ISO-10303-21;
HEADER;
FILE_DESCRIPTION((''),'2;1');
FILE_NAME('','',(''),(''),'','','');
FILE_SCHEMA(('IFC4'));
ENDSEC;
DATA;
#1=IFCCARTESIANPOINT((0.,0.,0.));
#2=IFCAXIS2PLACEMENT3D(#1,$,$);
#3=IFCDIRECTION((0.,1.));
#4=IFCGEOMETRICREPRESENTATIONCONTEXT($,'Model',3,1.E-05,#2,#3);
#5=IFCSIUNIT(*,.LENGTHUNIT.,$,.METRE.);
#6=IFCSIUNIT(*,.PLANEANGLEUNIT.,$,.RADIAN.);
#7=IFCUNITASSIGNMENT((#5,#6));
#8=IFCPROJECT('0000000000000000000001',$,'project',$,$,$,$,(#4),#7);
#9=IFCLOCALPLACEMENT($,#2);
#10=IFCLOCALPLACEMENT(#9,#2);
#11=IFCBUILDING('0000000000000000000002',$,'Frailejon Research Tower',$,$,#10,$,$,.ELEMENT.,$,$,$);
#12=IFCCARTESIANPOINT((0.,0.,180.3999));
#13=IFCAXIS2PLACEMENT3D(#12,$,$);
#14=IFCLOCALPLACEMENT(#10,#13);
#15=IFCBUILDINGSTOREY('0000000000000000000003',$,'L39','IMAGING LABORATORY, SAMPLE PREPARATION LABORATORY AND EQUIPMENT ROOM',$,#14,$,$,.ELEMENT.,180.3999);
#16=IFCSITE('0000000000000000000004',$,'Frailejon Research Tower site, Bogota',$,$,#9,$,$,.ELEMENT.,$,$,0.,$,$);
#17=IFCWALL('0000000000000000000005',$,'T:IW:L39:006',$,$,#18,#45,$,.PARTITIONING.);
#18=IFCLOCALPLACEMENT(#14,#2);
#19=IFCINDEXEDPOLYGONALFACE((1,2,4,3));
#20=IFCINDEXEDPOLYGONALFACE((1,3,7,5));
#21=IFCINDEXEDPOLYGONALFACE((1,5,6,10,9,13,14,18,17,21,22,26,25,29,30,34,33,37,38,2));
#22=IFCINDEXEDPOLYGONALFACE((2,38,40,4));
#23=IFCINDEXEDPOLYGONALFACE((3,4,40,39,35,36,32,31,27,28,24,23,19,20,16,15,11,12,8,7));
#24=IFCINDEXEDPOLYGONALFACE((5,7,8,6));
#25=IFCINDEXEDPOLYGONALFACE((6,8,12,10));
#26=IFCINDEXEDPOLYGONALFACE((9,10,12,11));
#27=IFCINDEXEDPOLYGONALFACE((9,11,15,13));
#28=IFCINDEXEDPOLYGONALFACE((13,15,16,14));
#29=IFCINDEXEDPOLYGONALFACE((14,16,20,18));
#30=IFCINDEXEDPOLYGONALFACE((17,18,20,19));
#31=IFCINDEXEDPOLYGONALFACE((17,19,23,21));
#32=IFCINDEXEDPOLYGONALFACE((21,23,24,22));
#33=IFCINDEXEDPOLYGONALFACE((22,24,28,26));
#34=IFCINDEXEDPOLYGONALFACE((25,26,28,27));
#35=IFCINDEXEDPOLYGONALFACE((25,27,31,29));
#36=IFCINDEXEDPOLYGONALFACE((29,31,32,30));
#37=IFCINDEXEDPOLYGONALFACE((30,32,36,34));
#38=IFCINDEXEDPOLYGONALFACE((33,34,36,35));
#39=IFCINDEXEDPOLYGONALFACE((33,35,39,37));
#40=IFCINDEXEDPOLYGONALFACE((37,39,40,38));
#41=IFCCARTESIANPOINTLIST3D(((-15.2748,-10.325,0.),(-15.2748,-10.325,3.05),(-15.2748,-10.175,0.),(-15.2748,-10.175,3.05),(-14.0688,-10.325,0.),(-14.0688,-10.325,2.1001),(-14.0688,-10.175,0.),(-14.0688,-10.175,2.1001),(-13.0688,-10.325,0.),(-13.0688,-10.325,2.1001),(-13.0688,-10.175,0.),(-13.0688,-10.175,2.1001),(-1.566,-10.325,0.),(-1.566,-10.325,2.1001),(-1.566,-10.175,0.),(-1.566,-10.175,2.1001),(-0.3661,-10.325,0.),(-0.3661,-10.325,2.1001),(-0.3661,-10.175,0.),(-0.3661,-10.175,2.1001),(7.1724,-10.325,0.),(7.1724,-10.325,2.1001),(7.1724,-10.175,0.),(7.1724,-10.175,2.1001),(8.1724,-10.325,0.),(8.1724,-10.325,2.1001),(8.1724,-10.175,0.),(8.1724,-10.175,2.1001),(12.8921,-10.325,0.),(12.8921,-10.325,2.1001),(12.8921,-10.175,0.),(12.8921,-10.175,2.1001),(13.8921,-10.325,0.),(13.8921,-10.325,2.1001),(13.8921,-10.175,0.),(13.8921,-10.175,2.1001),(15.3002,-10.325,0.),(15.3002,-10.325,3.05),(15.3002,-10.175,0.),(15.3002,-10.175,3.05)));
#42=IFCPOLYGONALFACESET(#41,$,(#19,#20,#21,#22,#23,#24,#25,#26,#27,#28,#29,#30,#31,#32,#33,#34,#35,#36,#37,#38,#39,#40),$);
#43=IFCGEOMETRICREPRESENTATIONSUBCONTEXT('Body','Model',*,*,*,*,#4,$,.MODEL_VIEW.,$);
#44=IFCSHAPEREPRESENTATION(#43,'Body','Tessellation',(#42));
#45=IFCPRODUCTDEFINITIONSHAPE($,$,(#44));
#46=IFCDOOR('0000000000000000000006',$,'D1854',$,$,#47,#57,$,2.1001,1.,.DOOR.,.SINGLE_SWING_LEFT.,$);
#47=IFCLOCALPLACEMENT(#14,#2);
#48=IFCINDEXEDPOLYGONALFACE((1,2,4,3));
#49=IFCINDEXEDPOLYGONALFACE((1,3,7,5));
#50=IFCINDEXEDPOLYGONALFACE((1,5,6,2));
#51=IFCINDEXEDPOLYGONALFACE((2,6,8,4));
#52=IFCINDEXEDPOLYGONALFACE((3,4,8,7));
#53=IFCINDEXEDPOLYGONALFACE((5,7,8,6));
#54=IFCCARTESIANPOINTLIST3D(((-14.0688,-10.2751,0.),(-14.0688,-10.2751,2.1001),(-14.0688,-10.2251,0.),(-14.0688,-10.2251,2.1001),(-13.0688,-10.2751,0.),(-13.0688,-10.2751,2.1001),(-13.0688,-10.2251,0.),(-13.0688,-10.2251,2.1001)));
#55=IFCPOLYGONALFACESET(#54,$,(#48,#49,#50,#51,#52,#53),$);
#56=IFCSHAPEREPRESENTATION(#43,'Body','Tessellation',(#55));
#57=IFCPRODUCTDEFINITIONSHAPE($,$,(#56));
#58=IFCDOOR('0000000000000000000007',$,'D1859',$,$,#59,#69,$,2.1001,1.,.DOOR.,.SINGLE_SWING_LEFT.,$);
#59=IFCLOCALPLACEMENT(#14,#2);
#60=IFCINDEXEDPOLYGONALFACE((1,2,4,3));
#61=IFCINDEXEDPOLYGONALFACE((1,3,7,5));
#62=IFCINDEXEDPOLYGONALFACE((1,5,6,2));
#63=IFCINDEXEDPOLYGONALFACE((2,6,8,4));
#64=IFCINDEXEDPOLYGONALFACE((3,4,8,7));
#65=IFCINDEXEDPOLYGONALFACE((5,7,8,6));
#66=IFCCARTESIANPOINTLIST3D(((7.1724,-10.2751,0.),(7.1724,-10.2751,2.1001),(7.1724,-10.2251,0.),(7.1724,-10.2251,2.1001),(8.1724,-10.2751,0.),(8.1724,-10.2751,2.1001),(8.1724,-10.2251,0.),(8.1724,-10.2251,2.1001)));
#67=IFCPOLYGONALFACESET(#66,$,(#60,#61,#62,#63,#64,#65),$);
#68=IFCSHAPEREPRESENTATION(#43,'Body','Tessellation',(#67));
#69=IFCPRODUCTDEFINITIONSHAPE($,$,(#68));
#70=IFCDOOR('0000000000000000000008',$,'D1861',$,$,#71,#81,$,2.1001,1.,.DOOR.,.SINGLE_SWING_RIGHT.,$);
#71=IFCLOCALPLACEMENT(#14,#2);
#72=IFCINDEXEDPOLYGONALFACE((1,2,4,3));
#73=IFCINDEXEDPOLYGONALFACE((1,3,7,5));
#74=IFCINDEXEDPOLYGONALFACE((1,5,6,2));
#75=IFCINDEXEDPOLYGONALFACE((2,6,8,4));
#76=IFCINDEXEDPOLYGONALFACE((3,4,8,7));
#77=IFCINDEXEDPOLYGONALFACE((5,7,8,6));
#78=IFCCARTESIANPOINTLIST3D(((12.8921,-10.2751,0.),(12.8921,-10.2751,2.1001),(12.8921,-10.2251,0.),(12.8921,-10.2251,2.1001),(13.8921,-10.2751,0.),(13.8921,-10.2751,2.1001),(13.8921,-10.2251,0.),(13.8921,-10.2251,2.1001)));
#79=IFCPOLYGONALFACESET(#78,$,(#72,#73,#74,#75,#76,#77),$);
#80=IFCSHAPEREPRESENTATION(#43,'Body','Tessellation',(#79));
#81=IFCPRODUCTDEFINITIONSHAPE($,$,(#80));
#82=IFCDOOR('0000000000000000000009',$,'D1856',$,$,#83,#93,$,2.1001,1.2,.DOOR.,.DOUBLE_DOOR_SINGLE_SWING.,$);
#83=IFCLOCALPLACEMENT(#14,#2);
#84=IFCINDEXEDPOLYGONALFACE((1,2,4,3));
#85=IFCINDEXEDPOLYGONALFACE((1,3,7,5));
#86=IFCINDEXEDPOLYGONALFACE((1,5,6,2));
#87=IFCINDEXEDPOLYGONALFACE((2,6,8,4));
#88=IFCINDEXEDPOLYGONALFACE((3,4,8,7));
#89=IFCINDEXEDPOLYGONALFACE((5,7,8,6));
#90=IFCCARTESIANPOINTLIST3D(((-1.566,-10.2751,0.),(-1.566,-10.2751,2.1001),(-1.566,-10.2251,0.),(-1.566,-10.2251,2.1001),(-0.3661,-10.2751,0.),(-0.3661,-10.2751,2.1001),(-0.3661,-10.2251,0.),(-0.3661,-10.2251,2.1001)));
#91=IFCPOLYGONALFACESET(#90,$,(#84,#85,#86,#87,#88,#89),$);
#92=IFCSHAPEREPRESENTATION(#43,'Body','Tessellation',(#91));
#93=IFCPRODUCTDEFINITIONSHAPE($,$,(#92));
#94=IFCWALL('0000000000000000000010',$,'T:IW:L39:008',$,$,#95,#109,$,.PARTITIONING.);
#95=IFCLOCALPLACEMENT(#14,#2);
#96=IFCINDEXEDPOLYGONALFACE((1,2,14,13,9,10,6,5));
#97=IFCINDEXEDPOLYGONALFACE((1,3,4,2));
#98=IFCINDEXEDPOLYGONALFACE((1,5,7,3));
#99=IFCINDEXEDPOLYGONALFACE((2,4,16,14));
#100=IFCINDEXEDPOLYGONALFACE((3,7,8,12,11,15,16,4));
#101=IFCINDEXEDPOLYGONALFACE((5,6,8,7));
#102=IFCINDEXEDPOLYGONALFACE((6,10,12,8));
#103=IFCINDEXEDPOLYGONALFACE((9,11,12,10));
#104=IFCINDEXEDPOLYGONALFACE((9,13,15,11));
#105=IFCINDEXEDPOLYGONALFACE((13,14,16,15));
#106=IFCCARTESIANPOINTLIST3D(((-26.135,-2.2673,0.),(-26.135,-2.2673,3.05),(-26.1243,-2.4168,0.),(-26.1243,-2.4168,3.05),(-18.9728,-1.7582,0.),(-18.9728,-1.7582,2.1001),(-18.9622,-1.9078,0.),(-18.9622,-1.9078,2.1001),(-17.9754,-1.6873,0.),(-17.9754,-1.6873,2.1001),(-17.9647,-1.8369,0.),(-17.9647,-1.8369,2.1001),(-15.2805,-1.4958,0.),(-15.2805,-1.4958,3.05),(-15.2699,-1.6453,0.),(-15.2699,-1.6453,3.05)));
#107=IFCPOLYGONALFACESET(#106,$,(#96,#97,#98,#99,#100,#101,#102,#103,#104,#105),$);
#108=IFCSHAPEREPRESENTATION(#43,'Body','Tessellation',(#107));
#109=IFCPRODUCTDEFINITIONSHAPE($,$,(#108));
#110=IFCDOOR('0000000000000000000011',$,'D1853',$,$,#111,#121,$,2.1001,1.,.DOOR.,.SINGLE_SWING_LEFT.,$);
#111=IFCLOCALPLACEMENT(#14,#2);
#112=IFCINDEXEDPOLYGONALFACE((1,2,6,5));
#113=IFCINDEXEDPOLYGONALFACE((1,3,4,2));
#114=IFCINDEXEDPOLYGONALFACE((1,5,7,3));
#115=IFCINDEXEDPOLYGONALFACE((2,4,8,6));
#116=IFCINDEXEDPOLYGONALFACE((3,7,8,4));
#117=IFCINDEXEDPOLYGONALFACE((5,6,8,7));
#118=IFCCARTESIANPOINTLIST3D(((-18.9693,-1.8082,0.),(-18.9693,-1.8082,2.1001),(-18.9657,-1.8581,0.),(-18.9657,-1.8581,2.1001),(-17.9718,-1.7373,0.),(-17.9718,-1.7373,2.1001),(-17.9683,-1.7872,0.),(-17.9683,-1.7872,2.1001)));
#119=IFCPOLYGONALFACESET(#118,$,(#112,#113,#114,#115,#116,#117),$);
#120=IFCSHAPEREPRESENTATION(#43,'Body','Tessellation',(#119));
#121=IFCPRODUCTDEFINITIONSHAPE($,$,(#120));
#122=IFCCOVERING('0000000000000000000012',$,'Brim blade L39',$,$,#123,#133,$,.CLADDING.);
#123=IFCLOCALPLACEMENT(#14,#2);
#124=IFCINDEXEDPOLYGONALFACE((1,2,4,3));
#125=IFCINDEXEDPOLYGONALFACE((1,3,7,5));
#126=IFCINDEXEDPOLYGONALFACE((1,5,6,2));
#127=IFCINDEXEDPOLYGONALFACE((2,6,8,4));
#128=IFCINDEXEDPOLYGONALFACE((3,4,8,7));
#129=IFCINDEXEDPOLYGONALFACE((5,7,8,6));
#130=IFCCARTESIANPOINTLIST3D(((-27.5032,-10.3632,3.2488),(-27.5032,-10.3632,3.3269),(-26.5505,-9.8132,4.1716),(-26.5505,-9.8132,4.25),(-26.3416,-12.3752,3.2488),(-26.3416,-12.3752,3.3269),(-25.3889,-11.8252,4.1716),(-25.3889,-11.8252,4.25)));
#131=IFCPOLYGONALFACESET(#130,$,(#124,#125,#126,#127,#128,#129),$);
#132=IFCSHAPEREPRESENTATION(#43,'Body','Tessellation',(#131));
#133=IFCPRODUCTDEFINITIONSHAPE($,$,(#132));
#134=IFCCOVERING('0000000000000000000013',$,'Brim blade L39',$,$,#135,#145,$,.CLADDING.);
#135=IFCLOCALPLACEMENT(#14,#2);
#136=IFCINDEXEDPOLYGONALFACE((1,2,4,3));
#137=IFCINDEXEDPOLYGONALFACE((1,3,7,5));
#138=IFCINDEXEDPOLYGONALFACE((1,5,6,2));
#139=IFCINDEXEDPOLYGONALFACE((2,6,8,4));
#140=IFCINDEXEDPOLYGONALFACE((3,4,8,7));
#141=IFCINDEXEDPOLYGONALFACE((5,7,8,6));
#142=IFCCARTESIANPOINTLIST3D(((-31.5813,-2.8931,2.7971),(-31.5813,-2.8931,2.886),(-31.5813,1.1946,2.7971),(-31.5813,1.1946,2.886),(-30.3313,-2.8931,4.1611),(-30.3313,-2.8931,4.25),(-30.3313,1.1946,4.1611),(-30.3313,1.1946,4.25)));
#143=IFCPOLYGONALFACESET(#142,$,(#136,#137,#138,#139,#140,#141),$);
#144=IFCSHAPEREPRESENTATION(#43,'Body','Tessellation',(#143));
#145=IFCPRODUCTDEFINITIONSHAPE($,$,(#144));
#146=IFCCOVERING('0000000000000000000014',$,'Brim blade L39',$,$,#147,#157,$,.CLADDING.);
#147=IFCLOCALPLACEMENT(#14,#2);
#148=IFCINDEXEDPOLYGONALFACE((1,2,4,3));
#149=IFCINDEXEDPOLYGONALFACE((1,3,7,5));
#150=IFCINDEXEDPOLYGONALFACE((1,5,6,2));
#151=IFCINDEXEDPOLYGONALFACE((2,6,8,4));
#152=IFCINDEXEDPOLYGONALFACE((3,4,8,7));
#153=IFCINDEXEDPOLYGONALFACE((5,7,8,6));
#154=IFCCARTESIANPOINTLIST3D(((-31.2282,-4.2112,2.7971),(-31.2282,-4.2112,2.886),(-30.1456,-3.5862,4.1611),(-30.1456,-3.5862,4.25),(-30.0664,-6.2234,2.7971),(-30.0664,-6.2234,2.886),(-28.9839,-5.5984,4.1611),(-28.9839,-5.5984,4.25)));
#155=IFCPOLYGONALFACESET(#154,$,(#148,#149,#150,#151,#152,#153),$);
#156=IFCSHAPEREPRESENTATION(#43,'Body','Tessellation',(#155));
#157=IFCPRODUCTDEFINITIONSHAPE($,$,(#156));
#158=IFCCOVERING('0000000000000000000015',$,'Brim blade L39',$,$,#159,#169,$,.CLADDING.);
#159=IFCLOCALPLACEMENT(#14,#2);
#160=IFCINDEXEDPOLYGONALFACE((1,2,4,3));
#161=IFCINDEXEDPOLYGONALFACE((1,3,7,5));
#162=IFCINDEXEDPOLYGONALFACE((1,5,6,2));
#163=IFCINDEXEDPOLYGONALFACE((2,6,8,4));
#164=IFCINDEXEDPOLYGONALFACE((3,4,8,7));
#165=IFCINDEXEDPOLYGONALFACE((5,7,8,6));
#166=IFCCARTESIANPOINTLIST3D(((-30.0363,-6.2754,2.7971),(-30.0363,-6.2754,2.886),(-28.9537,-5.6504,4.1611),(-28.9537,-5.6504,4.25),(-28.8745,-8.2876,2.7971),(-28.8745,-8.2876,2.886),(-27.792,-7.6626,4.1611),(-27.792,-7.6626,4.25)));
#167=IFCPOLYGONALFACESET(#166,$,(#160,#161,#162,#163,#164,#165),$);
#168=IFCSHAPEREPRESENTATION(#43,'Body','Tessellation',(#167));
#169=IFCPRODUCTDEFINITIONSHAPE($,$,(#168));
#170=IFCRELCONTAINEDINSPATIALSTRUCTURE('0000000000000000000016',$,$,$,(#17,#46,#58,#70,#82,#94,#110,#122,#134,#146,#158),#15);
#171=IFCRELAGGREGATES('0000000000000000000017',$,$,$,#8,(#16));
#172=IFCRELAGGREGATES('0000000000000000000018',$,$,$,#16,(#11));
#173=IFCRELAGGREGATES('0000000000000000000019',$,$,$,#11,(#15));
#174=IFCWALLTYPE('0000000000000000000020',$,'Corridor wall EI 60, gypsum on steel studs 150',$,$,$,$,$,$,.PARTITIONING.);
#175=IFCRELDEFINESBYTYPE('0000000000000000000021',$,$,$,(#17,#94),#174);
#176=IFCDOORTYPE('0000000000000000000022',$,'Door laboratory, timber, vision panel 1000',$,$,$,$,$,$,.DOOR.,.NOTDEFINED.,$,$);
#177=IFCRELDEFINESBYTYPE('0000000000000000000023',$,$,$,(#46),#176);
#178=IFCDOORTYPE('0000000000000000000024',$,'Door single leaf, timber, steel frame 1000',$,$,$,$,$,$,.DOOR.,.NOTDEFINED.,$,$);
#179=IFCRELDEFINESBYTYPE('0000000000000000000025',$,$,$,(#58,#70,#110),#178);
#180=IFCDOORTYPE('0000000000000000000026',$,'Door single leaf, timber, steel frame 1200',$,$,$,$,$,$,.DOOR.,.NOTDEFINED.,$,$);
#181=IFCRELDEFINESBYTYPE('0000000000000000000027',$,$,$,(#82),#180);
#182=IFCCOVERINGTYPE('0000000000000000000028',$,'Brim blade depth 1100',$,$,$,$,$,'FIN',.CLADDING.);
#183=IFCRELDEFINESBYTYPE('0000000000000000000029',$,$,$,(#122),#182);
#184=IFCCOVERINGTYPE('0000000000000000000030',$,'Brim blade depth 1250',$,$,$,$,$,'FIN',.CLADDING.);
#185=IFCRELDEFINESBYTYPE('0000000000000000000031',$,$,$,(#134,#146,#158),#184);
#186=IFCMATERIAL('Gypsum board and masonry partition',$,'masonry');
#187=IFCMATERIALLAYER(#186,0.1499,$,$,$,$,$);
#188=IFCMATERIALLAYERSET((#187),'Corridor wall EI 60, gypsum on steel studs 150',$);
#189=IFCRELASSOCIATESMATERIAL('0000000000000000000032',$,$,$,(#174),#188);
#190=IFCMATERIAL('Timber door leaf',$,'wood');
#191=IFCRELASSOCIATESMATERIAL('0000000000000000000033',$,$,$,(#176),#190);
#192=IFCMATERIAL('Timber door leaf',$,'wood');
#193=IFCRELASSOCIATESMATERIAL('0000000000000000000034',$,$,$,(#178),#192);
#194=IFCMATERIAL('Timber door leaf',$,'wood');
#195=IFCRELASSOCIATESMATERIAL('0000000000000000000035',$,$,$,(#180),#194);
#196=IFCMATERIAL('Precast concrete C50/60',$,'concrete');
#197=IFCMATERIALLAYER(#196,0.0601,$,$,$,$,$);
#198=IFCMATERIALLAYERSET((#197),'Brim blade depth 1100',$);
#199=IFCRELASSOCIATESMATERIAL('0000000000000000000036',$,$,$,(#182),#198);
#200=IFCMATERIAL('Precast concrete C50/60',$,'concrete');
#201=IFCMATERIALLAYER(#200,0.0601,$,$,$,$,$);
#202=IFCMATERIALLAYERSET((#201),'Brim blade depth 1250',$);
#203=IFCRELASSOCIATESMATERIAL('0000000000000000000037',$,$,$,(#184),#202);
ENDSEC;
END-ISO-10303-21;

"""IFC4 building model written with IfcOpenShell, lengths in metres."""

from ifc_helpers import new_model, si_unit, direction, frame, frame_2d, origin, place, context, subcontext, project, spatial, polyline, rectangle, outline, extrude, material, layer, layer_set, type_object, element, fill, save


model = new_model("IFC4")

# Units and contexts
model_context = context("Model", 3, precision=1e-05, world=origin(), true_north=direction((0.0, 1.0)))
body_context = subcontext(model_context, "Body", "Model", "MODEL_VIEW")
ifc_project = project(units=[si_unit("LENGTHUNIT", "METRE"), si_unit("PLANEANGLEUNIT", "RADIAN")], contexts=[model_context])

# Site, building, storey
site_placement = place(None, origin())
site = spatial("IfcSite", under=ifc_project, at=site_placement, Name="Frailejon Research Tower site, Bogota", CompositionType="ELEMENT", RefElevation=0.0)
building_placement = place(site_placement, origin())
building = spatial("IfcBuilding", under=site, at=building_placement, Name="Frailejon Research Tower", CompositionType="ELEMENT")
storey_placement = place(building_placement, frame((0.0, 0.0, 180.3999)))
storey = spatial("IfcBuildingStorey", under=building, at=storey_placement, Name="L39", Description="IMAGING LABORATORY, SAMPLE PREPARATION LABORATORY AND EQUIPMENT ROOM", CompositionType="ELEMENT", Elevation=180.3999)

# Shared definitions
ifc_material_1 = material(Name="Gypsum board and masonry partition", Category="masonry")
ifc_layer_1 = layer(ifc_material_1, 0.1499)
ifc_layer_set_1 = layer_set([ifc_layer_1], Name="Corridor wall EI 60, gypsum on steel studs 150")
wall_type_1 = type_object("IfcWallType", Name="Corridor wall EI 60, gypsum on steel studs 150", PredefinedType="PARTITIONING", material=ifc_layer_set_1)

# Wall, openings, doors
wall_1_placement = place(storey_placement, frame((-15.2749, -10.25, 0.0), z_axis=(0.0, 0.0, 1.0), x_axis=(1.0, 0.0, 0.0)))
wall_1 = element("IfcWall", 1, at=wall_1_placement, inside=storey, type_object=wall_type_1, Name="T:IW:L39:006", PredefinedType="PARTITIONING", context=body_context, shape_type="SweptSolid", body=[
    extrude(rectangle(XDim=30.575, YDim=0.1499, at=frame_2d((15.2876, 0.0))), origin(), (0.0, 0.0, 1.0), 3.05),
])
opening_1_placement = place(wall_1_placement, frame((1.2061, 0.0, 0.0)))
opening_1 = element("IfcOpeningElement", 2, at=opening_1_placement, cuts=wall_1, PredefinedType="OPENING", context=body_context, shape_type="SweptSolid", body=[
    extrude(rectangle(XDim=1.0, YDim=2.1001, at=frame_2d((0.5, 1.05))), frame((0.0, 0.085, 0.0), z_axis=(0.0, -1.0, 0.0), x_axis=(1.0, 0.0, 0.0)), (0.0, 0.0, 1.0), 0.1699),
])
opening_2_placement = place(wall_1_placement, frame((13.7087, 0.0, 0.0)))
opening_2 = element("IfcOpeningElement", 3, at=opening_2_placement, cuts=wall_1, PredefinedType="OPENING", context=body_context, shape_type="SweptSolid", body=[
    extrude(rectangle(XDim=1.2, YDim=2.1001, at=frame_2d((0.6001, 1.05))), frame((0.0, 0.085, 0.0), z_axis=(0.0, -1.0, 0.0), x_axis=(1.0, 0.0, 0.0)), (0.0, 0.0, 1.0), 0.1699),
])
opening_3_placement = place(wall_1_placement, frame((22.4473, 0.0, 0.0)))
opening_3 = element("IfcOpeningElement", 4, at=opening_3_placement, cuts=wall_1, PredefinedType="OPENING", context=body_context, shape_type="SweptSolid", body=[
    extrude(rectangle(XDim=1.0, YDim=2.1001, at=frame_2d((0.5, 1.05))), frame((0.0, 0.085, 0.0), z_axis=(0.0, -1.0, 0.0), x_axis=(1.0, 0.0, 0.0)), (0.0, 0.0, 1.0), 0.1699),
])
opening_4_placement = place(wall_1_placement, frame((28.167, 0.0, 0.0)))
opening_4 = element("IfcOpeningElement", 5, at=opening_4_placement, cuts=wall_1, PredefinedType="OPENING", context=body_context, shape_type="SweptSolid", body=[
    extrude(rectangle(XDim=1.0, YDim=2.1001, at=frame_2d((0.5, 1.05))), frame((0.0, 0.085, 0.0), z_axis=(0.0, -1.0, 0.0), x_axis=(1.0, 0.0, 0.0)), (0.0, 0.0, 1.0), 0.1699),
])
ifc_material_2 = material(Name="Timber door leaf", Category="wood")
door_type_1 = type_object("IfcDoorType", Name="Door laboratory, timber, vision panel 1000", OperationType="NOTDEFINED", PredefinedType="DOOR", material=ifc_material_2)
door_1_placement = place(opening_1_placement, origin())
door_1 = element("IfcDoor", 6, at=door_1_placement, inside=storey, type_object=door_type_1, Name="D1854", OperationType="SINGLE_SWING_LEFT", OverallHeight=2.1001, OverallWidth=1.0, PredefinedType="DOOR", context=body_context, shape_type="SweptSolid", body=[
    extrude(rectangle(XDim=1.0, YDim=2.1001, at=frame_2d((0.5, 1.05))), frame((0.0, 0.0249, 0.0), z_axis=(0.0, -1.0, 0.0), x_axis=(1.0, 0.0, 0.0)), (0.0, 0.0, 1.0), 0.05),
])
fill(opening_1, door_1)
ifc_material_3 = material(Name="Timber door leaf", Category="wood")
door_type_2 = type_object("IfcDoorType", Name="Door single leaf, timber, steel frame 1000", OperationType="NOTDEFINED", PredefinedType="DOOR", material=ifc_material_3)
door_2_placement = place(opening_3_placement, origin())
door_2 = element("IfcDoor", 7, at=door_2_placement, inside=storey, type_object=door_type_2, Name="D1859", OperationType="SINGLE_SWING_LEFT", OverallHeight=2.1001, OverallWidth=1.0, PredefinedType="DOOR", context=body_context, shape_type="SweptSolid", body=[
    extrude(rectangle(XDim=1.0, YDim=2.1001, at=frame_2d((0.5, 1.05))), frame((0.0, 0.0249, 0.0), z_axis=(0.0, -1.0, 0.0), x_axis=(1.0, 0.0, 0.0)), (0.0, 0.0, 1.0), 0.05),
])
fill(opening_3, door_2)
door_3_placement = place(opening_4_placement, origin())
door_3 = element("IfcDoor", 8, at=door_3_placement, inside=storey, type_object=door_type_2, Name="D1861", OperationType="SINGLE_SWING_RIGHT", OverallHeight=2.1001, OverallWidth=1.0, PredefinedType="DOOR", context=body_context, shape_type="SweptSolid", body=[
    extrude(rectangle(XDim=1.0, YDim=2.1001, at=frame_2d((0.5, 1.05))), frame((0.0, 0.0249, 0.0), z_axis=(0.0, -1.0, 0.0), x_axis=(1.0, 0.0, 0.0)), (0.0, 0.0, 1.0), 0.05),
])
fill(opening_4, door_3)
ifc_material_4 = material(Name="Timber door leaf", Category="wood")
door_type_3 = type_object("IfcDoorType", Name="Door single leaf, timber, steel frame 1200", OperationType="NOTDEFINED", PredefinedType="DOOR", material=ifc_material_4)
door_4_placement = place(opening_2_placement, origin())
door_4 = element("IfcDoor", 9, at=door_4_placement, inside=storey, type_object=door_type_3, Name="D1856", OperationType="DOUBLE_DOOR_SINGLE_SWING", OverallHeight=2.1001, OverallWidth=1.2, PredefinedType="DOOR", context=body_context, shape_type="SweptSolid", body=[
    extrude(rectangle(XDim=1.2, YDim=2.1001, at=frame_2d((0.6001, 1.05))), frame((0.0, 0.0249, 0.0), z_axis=(0.0, -1.0, 0.0), x_axis=(1.0, 0.0, 0.0)), (0.0, 0.0, 1.0), 0.05),
])
fill(opening_2, door_4)

# Wall, opening, door
wall_2_placement = place(storey_placement, frame((-26.1296, -2.342, 0.0), z_axis=(0.0, 0.0, 1.0), x_axis=(0.997484, 0.070896, 0.0)))
wall_2 = element("IfcWall", 10, at=wall_2_placement, inside=storey, type_object=wall_type_1, Name="T:IW:L39:008", PredefinedType="PARTITIONING", context=body_context, shape_type="SweptSolid", body=[
    extrude(rectangle(XDim=10.8818, YDim=0.1499, at=frame_2d((5.4409, 0.0))), origin(), (0.0, 0.0, 1.0), 3.05),
])
opening_5_placement = place(wall_2_placement, frame((7.1802, 0.0, 0.0)))
opening_5 = element("IfcOpeningElement", 11, at=opening_5_placement, cuts=wall_2, PredefinedType="OPENING", context=body_context, shape_type="SweptSolid", body=[
    extrude(rectangle(XDim=1.0, YDim=2.1001, at=frame_2d((0.5, 1.05))), frame((0.0, 0.085, 0.0), z_axis=(0.0, -1.0, 0.0), x_axis=(1.0, 0.0, 0.0)), (0.0, 0.0, 1.0), 0.1699),
])
door_5_placement = place(opening_5_placement, origin())
door_5 = element("IfcDoor", 12, at=door_5_placement, inside=storey, type_object=door_type_2, Name="D1853", OperationType="SINGLE_SWING_LEFT", OverallHeight=2.1001, OverallWidth=1.0, PredefinedType="DOOR", context=body_context, shape_type="SweptSolid", body=[
    extrude(rectangle(XDim=1.0, YDim=2.1001, at=frame_2d((0.5, 1.05))), frame((0.0, 0.0249, 0.0), z_axis=(0.0, -1.0, 0.0), x_axis=(1.0, 0.0, 0.0)), (0.0, 0.0, 1.0), 0.05),
])
fill(opening_5, door_5)

# Coverings
ifc_material_5 = material(Name="Precast concrete C50/60", Category="concrete")
ifc_layer_2 = layer(ifc_material_5, 0.0601)
ifc_layer_set_2 = layer_set([ifc_layer_2], Name="Brim blade depth 1100")
covering_type_1 = type_object("IfcCoveringType", Name="Brim blade depth 1100", ElementType="FIN", PredefinedType="CLADDING", material=ifc_layer_set_2)
covering_1_placement = place(storey_placement, frame((-25.3889, -11.8252, 4.25), z_axis=(-0.499994, 0.866029, 0.0), x_axis=(-0.866029, -0.499994, 0.0)))
element("IfcCovering", 13, at=covering_1_placement, inside=storey, type_object=covering_type_1, Name="Brim blade L39", PredefinedType="CLADDING", context=body_context, shape_type="SweptSolid", body=[
    extrude(outline(polyline([(0.0, -0.0784), (1.1001, -1.0012), (1.1001, -0.9231), (0.0, 0.0), (0.0, -0.0784)])), origin(), (0.0, 0.0, 1.0), 2.3232),
])
ifc_material_6 = material(Name="Precast concrete C50/60", Category="concrete")
ifc_layer_3 = layer(ifc_material_6, 0.0601)
ifc_layer_set_3 = layer_set([ifc_layer_3], Name="Brim blade depth 1250")
covering_type_2 = type_object("IfcCoveringType", Name="Brim blade depth 1250", ElementType="FIN", PredefinedType="CLADDING", material=ifc_layer_set_3)
covering_2_placement = place(storey_placement, frame((-30.3313, -2.8931, 4.25), z_axis=(0.0, 1.0, 0.0), x_axis=(-1.0, 0.0, 0.0)))
element("IfcCovering", 14, at=covering_2_placement, inside=storey, type_object=covering_type_2, Name="Brim blade L39", PredefinedType="CLADDING", context=body_context, shape_type="SweptSolid", body=[
    extrude(outline(polyline([(0.0, -0.0889), (1.25, -1.4529), (1.25, -1.364), (0.0, 0.0), (0.0, -0.0889)])), origin(), (0.0, 0.0, 1.0), 4.0876),
])
for number, where, z_axis, x_axis, name in (
    (15, (-28.9839, -5.5984, 4.25), (-0.500001, 0.866025, 0.0), (-0.866025, -0.500001, 0.0), "Brim blade L39"),
    (16, (-27.792, -7.6626, 4.25), (-0.500001, 0.866025, 0.0), (-0.866025, -0.500001, 0.0), "Brim blade L39"),
):
    element("IfcCovering", number, at=place(storey_placement, frame(where, z_axis=z_axis, x_axis=x_axis)), inside=storey, type_object=covering_type_2, Name=name, PredefinedType="CLADDING", context=body_context, shape_type="SweptSolid", body=[
        extrude(outline(polyline([(0.0, -0.0889), (1.25, -1.4529), (1.25, -1.364), (0.0, 0.0), (0.0, -0.0889)])), origin(), (0.0, 0.0, 1.0), 2.3235),
    ])

save(model, "model.ifc")
